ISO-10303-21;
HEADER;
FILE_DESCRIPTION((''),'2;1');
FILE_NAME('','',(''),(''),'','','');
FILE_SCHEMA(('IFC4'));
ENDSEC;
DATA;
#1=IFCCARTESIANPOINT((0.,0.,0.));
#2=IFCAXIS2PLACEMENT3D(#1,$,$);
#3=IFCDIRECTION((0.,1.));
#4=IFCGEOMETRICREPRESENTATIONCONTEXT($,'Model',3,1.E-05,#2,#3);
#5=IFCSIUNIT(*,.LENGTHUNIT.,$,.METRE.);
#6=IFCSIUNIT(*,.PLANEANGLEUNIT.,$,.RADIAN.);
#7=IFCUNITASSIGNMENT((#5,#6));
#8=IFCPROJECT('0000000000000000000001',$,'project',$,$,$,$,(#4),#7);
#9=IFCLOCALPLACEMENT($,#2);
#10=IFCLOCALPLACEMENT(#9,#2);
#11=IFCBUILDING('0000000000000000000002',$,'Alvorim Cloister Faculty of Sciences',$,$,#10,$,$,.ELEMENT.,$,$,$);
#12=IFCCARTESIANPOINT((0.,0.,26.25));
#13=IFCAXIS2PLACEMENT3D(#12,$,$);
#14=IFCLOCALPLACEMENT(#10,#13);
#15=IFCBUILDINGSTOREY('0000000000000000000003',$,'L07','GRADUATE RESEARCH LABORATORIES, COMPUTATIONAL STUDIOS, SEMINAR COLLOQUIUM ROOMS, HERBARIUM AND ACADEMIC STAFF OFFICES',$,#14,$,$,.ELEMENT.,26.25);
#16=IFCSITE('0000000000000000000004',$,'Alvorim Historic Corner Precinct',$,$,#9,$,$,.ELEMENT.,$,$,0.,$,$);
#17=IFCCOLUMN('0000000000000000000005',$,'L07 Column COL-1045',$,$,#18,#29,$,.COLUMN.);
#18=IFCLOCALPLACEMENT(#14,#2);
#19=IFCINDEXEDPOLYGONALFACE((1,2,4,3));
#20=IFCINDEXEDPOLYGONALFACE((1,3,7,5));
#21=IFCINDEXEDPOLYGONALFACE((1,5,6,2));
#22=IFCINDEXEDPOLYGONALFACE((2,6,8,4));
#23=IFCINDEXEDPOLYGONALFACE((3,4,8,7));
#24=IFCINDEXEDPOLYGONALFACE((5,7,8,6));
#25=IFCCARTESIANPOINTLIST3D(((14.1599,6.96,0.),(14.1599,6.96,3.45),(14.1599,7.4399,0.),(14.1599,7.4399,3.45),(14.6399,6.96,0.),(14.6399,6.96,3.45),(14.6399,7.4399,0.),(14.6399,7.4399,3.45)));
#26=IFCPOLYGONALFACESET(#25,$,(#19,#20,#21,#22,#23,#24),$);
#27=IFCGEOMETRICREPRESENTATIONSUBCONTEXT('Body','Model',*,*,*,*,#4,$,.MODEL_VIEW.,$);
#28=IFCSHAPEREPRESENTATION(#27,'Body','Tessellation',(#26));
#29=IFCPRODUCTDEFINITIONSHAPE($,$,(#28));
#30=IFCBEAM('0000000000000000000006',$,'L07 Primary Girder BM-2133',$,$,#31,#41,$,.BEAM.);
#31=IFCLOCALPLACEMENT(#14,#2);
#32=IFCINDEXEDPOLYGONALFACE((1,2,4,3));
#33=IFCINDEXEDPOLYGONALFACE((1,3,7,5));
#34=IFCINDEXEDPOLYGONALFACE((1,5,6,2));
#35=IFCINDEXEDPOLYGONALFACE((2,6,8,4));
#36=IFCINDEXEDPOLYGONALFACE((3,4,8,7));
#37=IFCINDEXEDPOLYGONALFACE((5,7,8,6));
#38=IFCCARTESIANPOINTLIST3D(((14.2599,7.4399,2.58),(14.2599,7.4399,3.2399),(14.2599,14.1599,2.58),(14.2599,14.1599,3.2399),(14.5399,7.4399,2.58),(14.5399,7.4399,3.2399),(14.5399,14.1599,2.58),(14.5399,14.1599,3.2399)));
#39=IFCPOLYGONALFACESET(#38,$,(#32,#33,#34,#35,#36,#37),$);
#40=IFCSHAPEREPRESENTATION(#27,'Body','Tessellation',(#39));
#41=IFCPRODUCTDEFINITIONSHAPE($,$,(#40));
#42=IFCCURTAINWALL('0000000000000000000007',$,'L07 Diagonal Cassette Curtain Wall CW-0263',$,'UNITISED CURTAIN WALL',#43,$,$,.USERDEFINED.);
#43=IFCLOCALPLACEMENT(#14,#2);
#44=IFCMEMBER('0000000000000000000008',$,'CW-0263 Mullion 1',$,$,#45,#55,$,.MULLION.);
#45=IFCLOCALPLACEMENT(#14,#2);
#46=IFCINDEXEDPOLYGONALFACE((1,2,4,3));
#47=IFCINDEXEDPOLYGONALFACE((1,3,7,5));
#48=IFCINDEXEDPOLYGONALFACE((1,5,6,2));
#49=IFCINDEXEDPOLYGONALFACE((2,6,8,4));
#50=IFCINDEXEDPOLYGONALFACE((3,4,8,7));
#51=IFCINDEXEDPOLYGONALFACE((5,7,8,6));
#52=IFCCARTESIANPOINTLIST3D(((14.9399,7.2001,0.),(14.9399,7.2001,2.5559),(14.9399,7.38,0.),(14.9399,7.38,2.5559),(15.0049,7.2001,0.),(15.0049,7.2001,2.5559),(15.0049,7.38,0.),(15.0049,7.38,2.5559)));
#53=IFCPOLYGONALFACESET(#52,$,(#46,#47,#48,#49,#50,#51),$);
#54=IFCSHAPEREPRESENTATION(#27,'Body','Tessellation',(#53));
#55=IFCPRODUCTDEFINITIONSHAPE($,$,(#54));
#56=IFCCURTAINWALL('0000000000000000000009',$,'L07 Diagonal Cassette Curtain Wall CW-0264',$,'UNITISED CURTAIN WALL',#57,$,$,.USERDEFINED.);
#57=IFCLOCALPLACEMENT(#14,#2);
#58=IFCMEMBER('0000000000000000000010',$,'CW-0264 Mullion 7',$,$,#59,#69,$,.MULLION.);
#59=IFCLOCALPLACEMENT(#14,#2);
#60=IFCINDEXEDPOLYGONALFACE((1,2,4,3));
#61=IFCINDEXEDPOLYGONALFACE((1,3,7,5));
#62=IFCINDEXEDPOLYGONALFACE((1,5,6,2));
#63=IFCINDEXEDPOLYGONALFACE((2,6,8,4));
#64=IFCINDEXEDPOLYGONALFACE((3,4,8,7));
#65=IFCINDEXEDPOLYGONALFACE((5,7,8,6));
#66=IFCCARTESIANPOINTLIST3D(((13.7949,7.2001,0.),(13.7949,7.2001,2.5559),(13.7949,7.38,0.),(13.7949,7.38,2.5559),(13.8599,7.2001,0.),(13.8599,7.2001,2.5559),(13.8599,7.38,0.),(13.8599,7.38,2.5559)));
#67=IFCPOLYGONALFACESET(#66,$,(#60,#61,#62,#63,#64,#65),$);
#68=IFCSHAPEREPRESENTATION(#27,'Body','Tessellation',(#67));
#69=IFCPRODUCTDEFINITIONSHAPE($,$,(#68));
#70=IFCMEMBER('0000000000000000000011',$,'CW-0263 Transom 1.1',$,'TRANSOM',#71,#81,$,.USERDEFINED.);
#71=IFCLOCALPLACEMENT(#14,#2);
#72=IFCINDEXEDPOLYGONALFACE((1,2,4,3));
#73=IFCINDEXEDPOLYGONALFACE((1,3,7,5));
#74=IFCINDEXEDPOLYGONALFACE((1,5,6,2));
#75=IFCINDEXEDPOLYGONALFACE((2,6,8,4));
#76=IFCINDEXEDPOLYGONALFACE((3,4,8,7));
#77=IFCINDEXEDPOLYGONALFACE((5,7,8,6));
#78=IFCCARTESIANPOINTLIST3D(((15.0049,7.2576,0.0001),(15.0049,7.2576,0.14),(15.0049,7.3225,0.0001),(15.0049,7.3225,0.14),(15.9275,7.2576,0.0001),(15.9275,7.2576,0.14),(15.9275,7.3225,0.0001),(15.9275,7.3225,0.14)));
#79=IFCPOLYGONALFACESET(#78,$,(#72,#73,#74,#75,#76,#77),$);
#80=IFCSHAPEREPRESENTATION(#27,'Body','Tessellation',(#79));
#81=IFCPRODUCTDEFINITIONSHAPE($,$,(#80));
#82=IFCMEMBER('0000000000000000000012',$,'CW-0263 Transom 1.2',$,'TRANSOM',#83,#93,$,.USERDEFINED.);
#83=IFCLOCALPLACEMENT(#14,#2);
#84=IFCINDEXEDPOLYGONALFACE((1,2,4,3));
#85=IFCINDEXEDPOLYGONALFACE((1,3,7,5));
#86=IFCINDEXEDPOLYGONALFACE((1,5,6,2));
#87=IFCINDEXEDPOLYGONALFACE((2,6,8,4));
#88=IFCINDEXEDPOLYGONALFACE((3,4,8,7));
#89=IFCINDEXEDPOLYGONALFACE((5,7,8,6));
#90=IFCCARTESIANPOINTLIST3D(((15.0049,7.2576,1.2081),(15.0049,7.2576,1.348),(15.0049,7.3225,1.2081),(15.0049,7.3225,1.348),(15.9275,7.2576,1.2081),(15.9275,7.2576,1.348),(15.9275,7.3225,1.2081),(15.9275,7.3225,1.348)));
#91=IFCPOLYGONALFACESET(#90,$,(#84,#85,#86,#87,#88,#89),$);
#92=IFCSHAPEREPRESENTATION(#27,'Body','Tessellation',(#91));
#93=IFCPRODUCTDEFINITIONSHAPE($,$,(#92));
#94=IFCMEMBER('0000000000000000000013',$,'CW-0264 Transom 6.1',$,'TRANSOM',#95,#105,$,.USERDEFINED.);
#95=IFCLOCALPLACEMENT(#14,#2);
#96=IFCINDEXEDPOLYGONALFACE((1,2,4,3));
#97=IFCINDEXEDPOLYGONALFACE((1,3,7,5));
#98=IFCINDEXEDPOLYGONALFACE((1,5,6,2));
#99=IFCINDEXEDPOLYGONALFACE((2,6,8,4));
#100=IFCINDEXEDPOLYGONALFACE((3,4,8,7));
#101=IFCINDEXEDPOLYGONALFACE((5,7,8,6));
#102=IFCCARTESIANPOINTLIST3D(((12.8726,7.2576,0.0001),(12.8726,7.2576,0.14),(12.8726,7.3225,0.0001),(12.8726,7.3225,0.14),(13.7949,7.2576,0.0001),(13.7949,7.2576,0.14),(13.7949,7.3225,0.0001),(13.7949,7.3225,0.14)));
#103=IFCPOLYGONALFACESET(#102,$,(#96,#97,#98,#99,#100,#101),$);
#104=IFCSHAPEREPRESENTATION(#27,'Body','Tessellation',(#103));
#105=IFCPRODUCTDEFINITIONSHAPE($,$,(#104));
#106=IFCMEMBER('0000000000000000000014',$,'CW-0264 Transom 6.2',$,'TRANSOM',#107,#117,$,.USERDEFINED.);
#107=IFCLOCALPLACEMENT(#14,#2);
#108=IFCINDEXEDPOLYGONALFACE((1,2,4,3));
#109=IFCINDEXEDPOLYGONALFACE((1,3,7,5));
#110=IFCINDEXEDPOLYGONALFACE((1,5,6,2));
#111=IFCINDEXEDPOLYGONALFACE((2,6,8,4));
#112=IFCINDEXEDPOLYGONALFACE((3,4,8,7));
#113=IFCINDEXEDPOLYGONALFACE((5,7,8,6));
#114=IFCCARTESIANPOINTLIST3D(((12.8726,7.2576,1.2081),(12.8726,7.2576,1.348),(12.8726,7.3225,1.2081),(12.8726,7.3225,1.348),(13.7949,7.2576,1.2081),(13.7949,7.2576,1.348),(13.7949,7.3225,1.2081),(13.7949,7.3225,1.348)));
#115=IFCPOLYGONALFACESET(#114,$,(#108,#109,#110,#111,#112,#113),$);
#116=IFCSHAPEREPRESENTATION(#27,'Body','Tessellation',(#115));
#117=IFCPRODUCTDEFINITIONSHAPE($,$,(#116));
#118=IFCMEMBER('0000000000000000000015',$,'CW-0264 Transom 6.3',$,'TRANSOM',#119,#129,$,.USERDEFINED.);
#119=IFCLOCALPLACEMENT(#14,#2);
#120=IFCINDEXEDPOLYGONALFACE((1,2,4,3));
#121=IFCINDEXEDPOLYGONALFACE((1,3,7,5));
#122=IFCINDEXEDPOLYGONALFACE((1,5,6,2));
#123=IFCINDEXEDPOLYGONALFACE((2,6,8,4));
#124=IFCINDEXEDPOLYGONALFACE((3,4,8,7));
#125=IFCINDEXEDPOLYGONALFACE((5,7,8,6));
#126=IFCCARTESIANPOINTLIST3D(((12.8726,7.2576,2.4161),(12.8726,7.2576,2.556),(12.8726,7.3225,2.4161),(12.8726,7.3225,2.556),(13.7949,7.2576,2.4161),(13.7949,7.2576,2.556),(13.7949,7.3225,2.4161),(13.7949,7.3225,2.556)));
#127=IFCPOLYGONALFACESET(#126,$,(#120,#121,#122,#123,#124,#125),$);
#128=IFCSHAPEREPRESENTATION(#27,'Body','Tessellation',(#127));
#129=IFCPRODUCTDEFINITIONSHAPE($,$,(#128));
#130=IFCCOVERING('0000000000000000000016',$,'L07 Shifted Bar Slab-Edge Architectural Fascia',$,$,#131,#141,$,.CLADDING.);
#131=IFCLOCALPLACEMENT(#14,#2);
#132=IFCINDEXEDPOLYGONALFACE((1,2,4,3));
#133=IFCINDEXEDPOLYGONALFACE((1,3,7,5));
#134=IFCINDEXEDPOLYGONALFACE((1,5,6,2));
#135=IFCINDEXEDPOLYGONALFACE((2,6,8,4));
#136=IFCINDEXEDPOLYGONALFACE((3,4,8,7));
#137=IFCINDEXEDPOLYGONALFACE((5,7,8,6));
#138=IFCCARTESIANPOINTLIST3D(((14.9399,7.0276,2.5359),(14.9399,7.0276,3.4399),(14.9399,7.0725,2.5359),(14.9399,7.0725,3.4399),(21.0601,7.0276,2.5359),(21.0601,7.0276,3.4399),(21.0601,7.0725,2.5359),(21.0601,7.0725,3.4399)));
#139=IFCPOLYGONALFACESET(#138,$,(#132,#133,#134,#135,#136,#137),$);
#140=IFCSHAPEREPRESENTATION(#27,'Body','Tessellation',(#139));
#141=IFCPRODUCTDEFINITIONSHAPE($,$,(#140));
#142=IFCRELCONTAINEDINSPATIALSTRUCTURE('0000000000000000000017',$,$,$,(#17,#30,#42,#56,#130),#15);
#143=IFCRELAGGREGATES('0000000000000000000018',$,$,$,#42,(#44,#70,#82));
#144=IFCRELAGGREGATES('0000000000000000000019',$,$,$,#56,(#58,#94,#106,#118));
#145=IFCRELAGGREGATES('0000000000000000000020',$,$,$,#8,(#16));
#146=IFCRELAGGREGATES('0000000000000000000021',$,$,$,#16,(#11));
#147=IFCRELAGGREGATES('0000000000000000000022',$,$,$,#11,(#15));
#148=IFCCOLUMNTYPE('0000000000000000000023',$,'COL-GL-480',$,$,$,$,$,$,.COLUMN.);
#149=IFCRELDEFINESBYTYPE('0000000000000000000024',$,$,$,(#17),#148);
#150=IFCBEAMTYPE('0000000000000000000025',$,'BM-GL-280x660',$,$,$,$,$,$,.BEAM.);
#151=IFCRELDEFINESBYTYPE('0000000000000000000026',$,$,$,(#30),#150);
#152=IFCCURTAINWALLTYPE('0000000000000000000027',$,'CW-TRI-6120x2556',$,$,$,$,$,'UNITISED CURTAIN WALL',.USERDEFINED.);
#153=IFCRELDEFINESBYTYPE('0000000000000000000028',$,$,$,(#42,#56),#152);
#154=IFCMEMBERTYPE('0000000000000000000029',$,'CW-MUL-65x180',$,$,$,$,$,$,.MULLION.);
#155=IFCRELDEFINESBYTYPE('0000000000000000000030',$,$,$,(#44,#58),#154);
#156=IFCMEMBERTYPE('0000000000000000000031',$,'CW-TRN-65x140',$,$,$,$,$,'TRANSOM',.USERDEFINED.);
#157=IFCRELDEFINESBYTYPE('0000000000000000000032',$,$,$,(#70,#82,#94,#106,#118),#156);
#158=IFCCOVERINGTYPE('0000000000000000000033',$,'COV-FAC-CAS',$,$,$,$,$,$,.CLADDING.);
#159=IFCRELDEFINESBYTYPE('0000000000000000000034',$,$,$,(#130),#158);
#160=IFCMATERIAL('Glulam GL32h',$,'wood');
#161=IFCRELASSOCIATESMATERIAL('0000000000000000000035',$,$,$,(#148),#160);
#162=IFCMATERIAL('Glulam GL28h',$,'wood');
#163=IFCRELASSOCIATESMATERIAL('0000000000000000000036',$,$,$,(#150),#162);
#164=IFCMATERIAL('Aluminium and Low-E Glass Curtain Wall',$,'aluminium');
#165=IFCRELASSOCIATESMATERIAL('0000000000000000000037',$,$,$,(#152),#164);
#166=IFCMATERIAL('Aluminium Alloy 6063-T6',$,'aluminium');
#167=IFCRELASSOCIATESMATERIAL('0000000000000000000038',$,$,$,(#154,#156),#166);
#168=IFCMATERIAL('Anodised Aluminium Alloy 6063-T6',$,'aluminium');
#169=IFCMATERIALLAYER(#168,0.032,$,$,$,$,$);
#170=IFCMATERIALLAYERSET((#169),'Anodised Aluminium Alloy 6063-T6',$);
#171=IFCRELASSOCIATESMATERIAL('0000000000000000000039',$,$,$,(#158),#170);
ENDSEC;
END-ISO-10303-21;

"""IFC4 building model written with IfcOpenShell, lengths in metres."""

from ifc_helpers import new_model, si_unit, direction, frame, origin, origin_2d, place, context, subcontext, project, spatial, polyline, rectangle, outline, extrude, material, layer, layer_set, material_profile, profile_set, type_object, element, aggregate, save


model = new_model("IFC4")

# Units and contexts
model_context = context("Model", 3, precision=1e-05, world=origin(), true_north=direction((0.0, 1.0)))
body_context = subcontext(model_context, "Body", "Model", "MODEL_VIEW")
ifc_project = project(units=[si_unit("LENGTHUNIT", "METRE"), si_unit("PLANEANGLEUNIT", "RADIAN")], contexts=[model_context])

# Site, building, storey
site_placement = place(None, origin())
site = spatial("IfcSite", under=ifc_project, at=site_placement, Name="Alvorim Historic Corner Precinct", CompositionType="ELEMENT", RefElevation=0.0)
building_placement = place(site_placement, origin())
building = spatial("IfcBuilding", under=site, at=building_placement, Name="Alvorim Cloister Faculty of Sciences", CompositionType="ELEMENT")
storey_placement = place(building_placement, frame((0.0, 0.0, 26.25)))
storey = spatial("IfcBuildingStorey", under=building, at=storey_placement, Name="L07", Description="GRADUATE RESEARCH LABORATORIES, COMPUTATIONAL STUDIOS, SEMINAR COLLOQUIUM ROOMS, HERBARIUM AND ACADEMIC STAFF OFFICES", CompositionType="ELEMENT", Elevation=26.25)

# Column
ifc_material_1 = material(Name="Glulam GL32h", Category="wood")
ifc_material_profile_1 = material_profile(ifc_material_1, rectangle(XDim=0.48, YDim=0.48, at=origin_2d()), Name="GL32-COL-480x480")
ifc_profile_set_1 = profile_set([ifc_material_profile_1], Name="Glulam GL32h")
column_type = type_object("IfcColumnType", Name="COL-GL-480", PredefinedType="COLUMN", material=ifc_profile_set_1)
column_placement = place(storey_placement, frame((14.3999, 7.2, 0.0), z_axis=(0.0, 0.0, 1.0), x_axis=(1.0, 0.0, 0.0)))
element("IfcColumn", 1, at=column_placement, inside=storey, type_object=column_type, Name="L07 Column COL-1045", PredefinedType="COLUMN", context=body_context, shape_type="SweptSolid", body=[
    extrude(rectangle(XDim=0.48, YDim=0.48, at=origin_2d()), origin(), (0.0, 0.0, 1.0), 3.45),
])

# Beam
ifc_material_2 = material(Name="Glulam GL28h", Category="wood")
ifc_material_profile_2 = material_profile(ifc_material_2, rectangle(XDim=0.28, YDim=0.6599, at=origin_2d()), Name="GL28-BM-280x660")
ifc_profile_set_2 = profile_set([ifc_material_profile_2], Name="Glulam GL28h")
beam_type = type_object("IfcBeamType", Name="BM-GL-280x660", PredefinedType="BEAM", material=ifc_profile_set_2)
beam_placement = place(storey_placement, frame((14.3999, 7.4399, 2.9099), z_axis=(0.0, 1.0, 0.0), x_axis=(-1.0, 0.0, 0.0)))
element("IfcBeam", 2, at=beam_placement, inside=storey, type_object=beam_type, Name="L07 Primary Girder BM-2133", PredefinedType="BEAM", context=body_context, shape_type="SweptSolid", body=[
    extrude(rectangle(XDim=0.28, YDim=0.6599, at=origin_2d()), origin(), (0.0, 0.0, 1.0), 6.72),
])

# Curtain walls, members
ifc_material_3 = material(Name="Aluminium and Low-E Glass Curtain Wall", Category="aluminium")
curtain_wall_type = type_object("IfcCurtainWallType", Name="CW-TRI-6120x2556", ElementType="UNITISED CURTAIN WALL", PredefinedType="USERDEFINED", material=ifc_material_3)
curtain_wall_1_placement = place(storey_placement, origin())
curtain_wall_1 = element("IfcCurtainWall", 3, at=curtain_wall_1_placement, inside=storey, type_object=curtain_wall_type, Name="L07 Diagonal Cassette Curtain Wall CW-0263", ObjectType="UNITISED CURTAIN WALL", PredefinedType="USERDEFINED")
ifc_material_4 = material(Name="Aluminium Alloy 6063-T6", Category="aluminium")
ifc_material_profile_3 = material_profile(ifc_material_4, rectangle(XDim=0.0649, YDim=0.1799, at=origin_2d()), Name="ALU-MUL-65x180")
ifc_profile_set_3 = profile_set([ifc_material_profile_3], Name="Aluminium Alloy 6063-T6")
member_type_1 = type_object("IfcMemberType", Name="CW-MUL-65x180", PredefinedType="MULLION", material=ifc_profile_set_3)
member_1_placement = place(storey_placement, frame((14.9724, 7.29, 0.0), z_axis=(0.0, 0.0, 1.0), x_axis=(1.0, 0.0, 0.0)))
member_1 = element("IfcMember", 4, at=member_1_placement, type_object=member_type_1, Name="CW-0263 Mullion 1", PredefinedType="MULLION", context=body_context, shape_type="SweptSolid", body=[
    extrude(rectangle(XDim=0.0649, YDim=0.1799, at=origin_2d()), origin(), (0.0, 0.0, 1.0), 2.5559),
])
curtain_wall_2_placement = place(storey_placement, origin())
curtain_wall_2 = element("IfcCurtainWall", 5, at=curtain_wall_2_placement, inside=storey, type_object=curtain_wall_type, Name="L07 Diagonal Cassette Curtain Wall CW-0264", ObjectType="UNITISED CURTAIN WALL", PredefinedType="USERDEFINED")
member_2_placement = place(storey_placement, frame((13.8274, 7.29, 0.0), z_axis=(0.0, 0.0, 1.0), x_axis=(1.0, 0.0, 0.0)))
member_2 = element("IfcMember", 6, at=member_2_placement, type_object=member_type_1, Name="CW-0264 Mullion 7", PredefinedType="MULLION", context=body_context, shape_type="SweptSolid", body=[
    extrude(rectangle(XDim=0.0649, YDim=0.1799, at=origin_2d()), origin(), (0.0, 0.0, 1.0), 2.5559),
])

# Members
ifc_material_profile_4 = material_profile(ifc_material_4, rectangle(XDim=0.0649, YDim=0.1399, at=origin_2d()), Name="ALU-TRN-65x140")
ifc_profile_set_4 = profile_set([ifc_material_profile_4], Name="Aluminium Alloy 6063-T6")
member_type_2 = type_object("IfcMemberType", Name="CW-TRN-65x140", ElementType="TRANSOM", PredefinedType="USERDEFINED", material=ifc_profile_set_4)
member_3_placement = place(storey_placement, frame((15.0049, 7.29, 0.0701), z_axis=(1.0, 0.0, 0.0), x_axis=(0.0, 1.0, 0.0)))
member_3 = element("IfcMember", 7, at=member_3_placement, type_object=member_type_2, Name="CW-0263 Transom 1.1", ObjectType="TRANSOM", PredefinedType="USERDEFINED", context=body_context, shape_type="SweptSolid", body=[
    extrude(rectangle(XDim=0.0649, YDim=0.1399, at=origin_2d()), origin(), (0.0, 0.0, 1.0), 0.9226),
])
member_4_placement = place(storey_placement, frame((15.0049, 7.29, 1.2781), z_axis=(1.0, 0.0, 0.0), x_axis=(0.0, 1.0, 0.0)))
member_4 = element("IfcMember", 8, at=member_4_placement, type_object=member_type_2, Name="CW-0263 Transom 1.2", ObjectType="TRANSOM", PredefinedType="USERDEFINED", context=body_context, shape_type="SweptSolid", body=[
    extrude(rectangle(XDim=0.0649, YDim=0.1399, at=origin_2d()), origin(), (0.0, 0.0, 1.0), 0.9226),
])
member_5_placement = place(storey_placement, frame((12.8726, 7.29, 0.0701), z_axis=(1.0, 0.0, 0.0), x_axis=(0.0, 1.0, 0.0)))
member_5 = element("IfcMember", 9, at=member_5_placement, type_object=member_type_2, Name="CW-0264 Transom 6.1", ObjectType="TRANSOM", PredefinedType="USERDEFINED", context=body_context, shape_type="SweptSolid", body=[
    extrude(rectangle(XDim=0.0649, YDim=0.1399, at=origin_2d()), origin(), (0.0, 0.0, 1.0), 0.9224),
])
member_6_placement = place(storey_placement, frame((12.8726, 7.29, 1.2781), z_axis=(1.0, 0.0, 0.0), x_axis=(0.0, 1.0, 0.0)))
member_6 = element("IfcMember", 10, at=member_6_placement, type_object=member_type_2, Name="CW-0264 Transom 6.2", ObjectType="TRANSOM", PredefinedType="USERDEFINED", context=body_context, shape_type="SweptSolid", body=[
    extrude(rectangle(XDim=0.0649, YDim=0.1399, at=origin_2d()), origin(), (0.0, 0.0, 1.0), 0.9224),
])
member_7_placement = place(storey_placement, frame((12.8726, 7.29, 2.4861), z_axis=(1.0, 0.0, 0.0), x_axis=(0.0, 1.0, 0.0)))
member_7 = element("IfcMember", 11, at=member_7_placement, type_object=member_type_2, Name="CW-0264 Transom 6.3", ObjectType="TRANSOM", PredefinedType="USERDEFINED", context=body_context, shape_type="SweptSolid", body=[
    extrude(rectangle(XDim=0.0649, YDim=0.1399, at=origin_2d()), origin(), (0.0, 0.0, 1.0), 0.9224),
])

aggregate(curtain_wall_1, [member_1, member_3, member_4])
aggregate(curtain_wall_2, [member_2, member_5, member_6, member_7])

# Covering
ifc_material_5 = material(Name="Anodised Aluminium Alloy 6063-T6", Category="aluminium")
ifc_layer_1 = layer(ifc_material_5, 0.032)
ifc_layer_set_1 = layer_set([ifc_layer_1], Name="Anodised Aluminium Alloy 6063-T6")
covering_type = type_object("IfcCoveringType", Name="COV-FAC-CAS", PredefinedType="CLADDING", material=ifc_layer_set_1)
covering_placement = place(storey_placement, frame((14.9399, 7.05, 2.5359), z_axis=(0.0, 0.0, 1.0), x_axis=(1.0, 0.0, 0.0)))
element("IfcCovering", 12, at=covering_placement, inside=storey, type_object=covering_type, Name="L07 Shifted Bar Slab-Edge Architectural Fascia", PredefinedType="CLADDING", context=body_context, shape_type="SweptSolid", body=[
    extrude(outline(polyline([(0.0, 0.0), (6.1201, 0.0), (6.1201, 0.9041), (0.0, 0.9041), (0.0, 0.0)])), frame((0.0, 0.0225, 0.0), z_axis=(0.0, -1.0, 0.0), x_axis=(1.0, 0.0, 0.0)), (0.0, 0.0, 1.0), 0.0449),
])

save(model, "model.ifc")
